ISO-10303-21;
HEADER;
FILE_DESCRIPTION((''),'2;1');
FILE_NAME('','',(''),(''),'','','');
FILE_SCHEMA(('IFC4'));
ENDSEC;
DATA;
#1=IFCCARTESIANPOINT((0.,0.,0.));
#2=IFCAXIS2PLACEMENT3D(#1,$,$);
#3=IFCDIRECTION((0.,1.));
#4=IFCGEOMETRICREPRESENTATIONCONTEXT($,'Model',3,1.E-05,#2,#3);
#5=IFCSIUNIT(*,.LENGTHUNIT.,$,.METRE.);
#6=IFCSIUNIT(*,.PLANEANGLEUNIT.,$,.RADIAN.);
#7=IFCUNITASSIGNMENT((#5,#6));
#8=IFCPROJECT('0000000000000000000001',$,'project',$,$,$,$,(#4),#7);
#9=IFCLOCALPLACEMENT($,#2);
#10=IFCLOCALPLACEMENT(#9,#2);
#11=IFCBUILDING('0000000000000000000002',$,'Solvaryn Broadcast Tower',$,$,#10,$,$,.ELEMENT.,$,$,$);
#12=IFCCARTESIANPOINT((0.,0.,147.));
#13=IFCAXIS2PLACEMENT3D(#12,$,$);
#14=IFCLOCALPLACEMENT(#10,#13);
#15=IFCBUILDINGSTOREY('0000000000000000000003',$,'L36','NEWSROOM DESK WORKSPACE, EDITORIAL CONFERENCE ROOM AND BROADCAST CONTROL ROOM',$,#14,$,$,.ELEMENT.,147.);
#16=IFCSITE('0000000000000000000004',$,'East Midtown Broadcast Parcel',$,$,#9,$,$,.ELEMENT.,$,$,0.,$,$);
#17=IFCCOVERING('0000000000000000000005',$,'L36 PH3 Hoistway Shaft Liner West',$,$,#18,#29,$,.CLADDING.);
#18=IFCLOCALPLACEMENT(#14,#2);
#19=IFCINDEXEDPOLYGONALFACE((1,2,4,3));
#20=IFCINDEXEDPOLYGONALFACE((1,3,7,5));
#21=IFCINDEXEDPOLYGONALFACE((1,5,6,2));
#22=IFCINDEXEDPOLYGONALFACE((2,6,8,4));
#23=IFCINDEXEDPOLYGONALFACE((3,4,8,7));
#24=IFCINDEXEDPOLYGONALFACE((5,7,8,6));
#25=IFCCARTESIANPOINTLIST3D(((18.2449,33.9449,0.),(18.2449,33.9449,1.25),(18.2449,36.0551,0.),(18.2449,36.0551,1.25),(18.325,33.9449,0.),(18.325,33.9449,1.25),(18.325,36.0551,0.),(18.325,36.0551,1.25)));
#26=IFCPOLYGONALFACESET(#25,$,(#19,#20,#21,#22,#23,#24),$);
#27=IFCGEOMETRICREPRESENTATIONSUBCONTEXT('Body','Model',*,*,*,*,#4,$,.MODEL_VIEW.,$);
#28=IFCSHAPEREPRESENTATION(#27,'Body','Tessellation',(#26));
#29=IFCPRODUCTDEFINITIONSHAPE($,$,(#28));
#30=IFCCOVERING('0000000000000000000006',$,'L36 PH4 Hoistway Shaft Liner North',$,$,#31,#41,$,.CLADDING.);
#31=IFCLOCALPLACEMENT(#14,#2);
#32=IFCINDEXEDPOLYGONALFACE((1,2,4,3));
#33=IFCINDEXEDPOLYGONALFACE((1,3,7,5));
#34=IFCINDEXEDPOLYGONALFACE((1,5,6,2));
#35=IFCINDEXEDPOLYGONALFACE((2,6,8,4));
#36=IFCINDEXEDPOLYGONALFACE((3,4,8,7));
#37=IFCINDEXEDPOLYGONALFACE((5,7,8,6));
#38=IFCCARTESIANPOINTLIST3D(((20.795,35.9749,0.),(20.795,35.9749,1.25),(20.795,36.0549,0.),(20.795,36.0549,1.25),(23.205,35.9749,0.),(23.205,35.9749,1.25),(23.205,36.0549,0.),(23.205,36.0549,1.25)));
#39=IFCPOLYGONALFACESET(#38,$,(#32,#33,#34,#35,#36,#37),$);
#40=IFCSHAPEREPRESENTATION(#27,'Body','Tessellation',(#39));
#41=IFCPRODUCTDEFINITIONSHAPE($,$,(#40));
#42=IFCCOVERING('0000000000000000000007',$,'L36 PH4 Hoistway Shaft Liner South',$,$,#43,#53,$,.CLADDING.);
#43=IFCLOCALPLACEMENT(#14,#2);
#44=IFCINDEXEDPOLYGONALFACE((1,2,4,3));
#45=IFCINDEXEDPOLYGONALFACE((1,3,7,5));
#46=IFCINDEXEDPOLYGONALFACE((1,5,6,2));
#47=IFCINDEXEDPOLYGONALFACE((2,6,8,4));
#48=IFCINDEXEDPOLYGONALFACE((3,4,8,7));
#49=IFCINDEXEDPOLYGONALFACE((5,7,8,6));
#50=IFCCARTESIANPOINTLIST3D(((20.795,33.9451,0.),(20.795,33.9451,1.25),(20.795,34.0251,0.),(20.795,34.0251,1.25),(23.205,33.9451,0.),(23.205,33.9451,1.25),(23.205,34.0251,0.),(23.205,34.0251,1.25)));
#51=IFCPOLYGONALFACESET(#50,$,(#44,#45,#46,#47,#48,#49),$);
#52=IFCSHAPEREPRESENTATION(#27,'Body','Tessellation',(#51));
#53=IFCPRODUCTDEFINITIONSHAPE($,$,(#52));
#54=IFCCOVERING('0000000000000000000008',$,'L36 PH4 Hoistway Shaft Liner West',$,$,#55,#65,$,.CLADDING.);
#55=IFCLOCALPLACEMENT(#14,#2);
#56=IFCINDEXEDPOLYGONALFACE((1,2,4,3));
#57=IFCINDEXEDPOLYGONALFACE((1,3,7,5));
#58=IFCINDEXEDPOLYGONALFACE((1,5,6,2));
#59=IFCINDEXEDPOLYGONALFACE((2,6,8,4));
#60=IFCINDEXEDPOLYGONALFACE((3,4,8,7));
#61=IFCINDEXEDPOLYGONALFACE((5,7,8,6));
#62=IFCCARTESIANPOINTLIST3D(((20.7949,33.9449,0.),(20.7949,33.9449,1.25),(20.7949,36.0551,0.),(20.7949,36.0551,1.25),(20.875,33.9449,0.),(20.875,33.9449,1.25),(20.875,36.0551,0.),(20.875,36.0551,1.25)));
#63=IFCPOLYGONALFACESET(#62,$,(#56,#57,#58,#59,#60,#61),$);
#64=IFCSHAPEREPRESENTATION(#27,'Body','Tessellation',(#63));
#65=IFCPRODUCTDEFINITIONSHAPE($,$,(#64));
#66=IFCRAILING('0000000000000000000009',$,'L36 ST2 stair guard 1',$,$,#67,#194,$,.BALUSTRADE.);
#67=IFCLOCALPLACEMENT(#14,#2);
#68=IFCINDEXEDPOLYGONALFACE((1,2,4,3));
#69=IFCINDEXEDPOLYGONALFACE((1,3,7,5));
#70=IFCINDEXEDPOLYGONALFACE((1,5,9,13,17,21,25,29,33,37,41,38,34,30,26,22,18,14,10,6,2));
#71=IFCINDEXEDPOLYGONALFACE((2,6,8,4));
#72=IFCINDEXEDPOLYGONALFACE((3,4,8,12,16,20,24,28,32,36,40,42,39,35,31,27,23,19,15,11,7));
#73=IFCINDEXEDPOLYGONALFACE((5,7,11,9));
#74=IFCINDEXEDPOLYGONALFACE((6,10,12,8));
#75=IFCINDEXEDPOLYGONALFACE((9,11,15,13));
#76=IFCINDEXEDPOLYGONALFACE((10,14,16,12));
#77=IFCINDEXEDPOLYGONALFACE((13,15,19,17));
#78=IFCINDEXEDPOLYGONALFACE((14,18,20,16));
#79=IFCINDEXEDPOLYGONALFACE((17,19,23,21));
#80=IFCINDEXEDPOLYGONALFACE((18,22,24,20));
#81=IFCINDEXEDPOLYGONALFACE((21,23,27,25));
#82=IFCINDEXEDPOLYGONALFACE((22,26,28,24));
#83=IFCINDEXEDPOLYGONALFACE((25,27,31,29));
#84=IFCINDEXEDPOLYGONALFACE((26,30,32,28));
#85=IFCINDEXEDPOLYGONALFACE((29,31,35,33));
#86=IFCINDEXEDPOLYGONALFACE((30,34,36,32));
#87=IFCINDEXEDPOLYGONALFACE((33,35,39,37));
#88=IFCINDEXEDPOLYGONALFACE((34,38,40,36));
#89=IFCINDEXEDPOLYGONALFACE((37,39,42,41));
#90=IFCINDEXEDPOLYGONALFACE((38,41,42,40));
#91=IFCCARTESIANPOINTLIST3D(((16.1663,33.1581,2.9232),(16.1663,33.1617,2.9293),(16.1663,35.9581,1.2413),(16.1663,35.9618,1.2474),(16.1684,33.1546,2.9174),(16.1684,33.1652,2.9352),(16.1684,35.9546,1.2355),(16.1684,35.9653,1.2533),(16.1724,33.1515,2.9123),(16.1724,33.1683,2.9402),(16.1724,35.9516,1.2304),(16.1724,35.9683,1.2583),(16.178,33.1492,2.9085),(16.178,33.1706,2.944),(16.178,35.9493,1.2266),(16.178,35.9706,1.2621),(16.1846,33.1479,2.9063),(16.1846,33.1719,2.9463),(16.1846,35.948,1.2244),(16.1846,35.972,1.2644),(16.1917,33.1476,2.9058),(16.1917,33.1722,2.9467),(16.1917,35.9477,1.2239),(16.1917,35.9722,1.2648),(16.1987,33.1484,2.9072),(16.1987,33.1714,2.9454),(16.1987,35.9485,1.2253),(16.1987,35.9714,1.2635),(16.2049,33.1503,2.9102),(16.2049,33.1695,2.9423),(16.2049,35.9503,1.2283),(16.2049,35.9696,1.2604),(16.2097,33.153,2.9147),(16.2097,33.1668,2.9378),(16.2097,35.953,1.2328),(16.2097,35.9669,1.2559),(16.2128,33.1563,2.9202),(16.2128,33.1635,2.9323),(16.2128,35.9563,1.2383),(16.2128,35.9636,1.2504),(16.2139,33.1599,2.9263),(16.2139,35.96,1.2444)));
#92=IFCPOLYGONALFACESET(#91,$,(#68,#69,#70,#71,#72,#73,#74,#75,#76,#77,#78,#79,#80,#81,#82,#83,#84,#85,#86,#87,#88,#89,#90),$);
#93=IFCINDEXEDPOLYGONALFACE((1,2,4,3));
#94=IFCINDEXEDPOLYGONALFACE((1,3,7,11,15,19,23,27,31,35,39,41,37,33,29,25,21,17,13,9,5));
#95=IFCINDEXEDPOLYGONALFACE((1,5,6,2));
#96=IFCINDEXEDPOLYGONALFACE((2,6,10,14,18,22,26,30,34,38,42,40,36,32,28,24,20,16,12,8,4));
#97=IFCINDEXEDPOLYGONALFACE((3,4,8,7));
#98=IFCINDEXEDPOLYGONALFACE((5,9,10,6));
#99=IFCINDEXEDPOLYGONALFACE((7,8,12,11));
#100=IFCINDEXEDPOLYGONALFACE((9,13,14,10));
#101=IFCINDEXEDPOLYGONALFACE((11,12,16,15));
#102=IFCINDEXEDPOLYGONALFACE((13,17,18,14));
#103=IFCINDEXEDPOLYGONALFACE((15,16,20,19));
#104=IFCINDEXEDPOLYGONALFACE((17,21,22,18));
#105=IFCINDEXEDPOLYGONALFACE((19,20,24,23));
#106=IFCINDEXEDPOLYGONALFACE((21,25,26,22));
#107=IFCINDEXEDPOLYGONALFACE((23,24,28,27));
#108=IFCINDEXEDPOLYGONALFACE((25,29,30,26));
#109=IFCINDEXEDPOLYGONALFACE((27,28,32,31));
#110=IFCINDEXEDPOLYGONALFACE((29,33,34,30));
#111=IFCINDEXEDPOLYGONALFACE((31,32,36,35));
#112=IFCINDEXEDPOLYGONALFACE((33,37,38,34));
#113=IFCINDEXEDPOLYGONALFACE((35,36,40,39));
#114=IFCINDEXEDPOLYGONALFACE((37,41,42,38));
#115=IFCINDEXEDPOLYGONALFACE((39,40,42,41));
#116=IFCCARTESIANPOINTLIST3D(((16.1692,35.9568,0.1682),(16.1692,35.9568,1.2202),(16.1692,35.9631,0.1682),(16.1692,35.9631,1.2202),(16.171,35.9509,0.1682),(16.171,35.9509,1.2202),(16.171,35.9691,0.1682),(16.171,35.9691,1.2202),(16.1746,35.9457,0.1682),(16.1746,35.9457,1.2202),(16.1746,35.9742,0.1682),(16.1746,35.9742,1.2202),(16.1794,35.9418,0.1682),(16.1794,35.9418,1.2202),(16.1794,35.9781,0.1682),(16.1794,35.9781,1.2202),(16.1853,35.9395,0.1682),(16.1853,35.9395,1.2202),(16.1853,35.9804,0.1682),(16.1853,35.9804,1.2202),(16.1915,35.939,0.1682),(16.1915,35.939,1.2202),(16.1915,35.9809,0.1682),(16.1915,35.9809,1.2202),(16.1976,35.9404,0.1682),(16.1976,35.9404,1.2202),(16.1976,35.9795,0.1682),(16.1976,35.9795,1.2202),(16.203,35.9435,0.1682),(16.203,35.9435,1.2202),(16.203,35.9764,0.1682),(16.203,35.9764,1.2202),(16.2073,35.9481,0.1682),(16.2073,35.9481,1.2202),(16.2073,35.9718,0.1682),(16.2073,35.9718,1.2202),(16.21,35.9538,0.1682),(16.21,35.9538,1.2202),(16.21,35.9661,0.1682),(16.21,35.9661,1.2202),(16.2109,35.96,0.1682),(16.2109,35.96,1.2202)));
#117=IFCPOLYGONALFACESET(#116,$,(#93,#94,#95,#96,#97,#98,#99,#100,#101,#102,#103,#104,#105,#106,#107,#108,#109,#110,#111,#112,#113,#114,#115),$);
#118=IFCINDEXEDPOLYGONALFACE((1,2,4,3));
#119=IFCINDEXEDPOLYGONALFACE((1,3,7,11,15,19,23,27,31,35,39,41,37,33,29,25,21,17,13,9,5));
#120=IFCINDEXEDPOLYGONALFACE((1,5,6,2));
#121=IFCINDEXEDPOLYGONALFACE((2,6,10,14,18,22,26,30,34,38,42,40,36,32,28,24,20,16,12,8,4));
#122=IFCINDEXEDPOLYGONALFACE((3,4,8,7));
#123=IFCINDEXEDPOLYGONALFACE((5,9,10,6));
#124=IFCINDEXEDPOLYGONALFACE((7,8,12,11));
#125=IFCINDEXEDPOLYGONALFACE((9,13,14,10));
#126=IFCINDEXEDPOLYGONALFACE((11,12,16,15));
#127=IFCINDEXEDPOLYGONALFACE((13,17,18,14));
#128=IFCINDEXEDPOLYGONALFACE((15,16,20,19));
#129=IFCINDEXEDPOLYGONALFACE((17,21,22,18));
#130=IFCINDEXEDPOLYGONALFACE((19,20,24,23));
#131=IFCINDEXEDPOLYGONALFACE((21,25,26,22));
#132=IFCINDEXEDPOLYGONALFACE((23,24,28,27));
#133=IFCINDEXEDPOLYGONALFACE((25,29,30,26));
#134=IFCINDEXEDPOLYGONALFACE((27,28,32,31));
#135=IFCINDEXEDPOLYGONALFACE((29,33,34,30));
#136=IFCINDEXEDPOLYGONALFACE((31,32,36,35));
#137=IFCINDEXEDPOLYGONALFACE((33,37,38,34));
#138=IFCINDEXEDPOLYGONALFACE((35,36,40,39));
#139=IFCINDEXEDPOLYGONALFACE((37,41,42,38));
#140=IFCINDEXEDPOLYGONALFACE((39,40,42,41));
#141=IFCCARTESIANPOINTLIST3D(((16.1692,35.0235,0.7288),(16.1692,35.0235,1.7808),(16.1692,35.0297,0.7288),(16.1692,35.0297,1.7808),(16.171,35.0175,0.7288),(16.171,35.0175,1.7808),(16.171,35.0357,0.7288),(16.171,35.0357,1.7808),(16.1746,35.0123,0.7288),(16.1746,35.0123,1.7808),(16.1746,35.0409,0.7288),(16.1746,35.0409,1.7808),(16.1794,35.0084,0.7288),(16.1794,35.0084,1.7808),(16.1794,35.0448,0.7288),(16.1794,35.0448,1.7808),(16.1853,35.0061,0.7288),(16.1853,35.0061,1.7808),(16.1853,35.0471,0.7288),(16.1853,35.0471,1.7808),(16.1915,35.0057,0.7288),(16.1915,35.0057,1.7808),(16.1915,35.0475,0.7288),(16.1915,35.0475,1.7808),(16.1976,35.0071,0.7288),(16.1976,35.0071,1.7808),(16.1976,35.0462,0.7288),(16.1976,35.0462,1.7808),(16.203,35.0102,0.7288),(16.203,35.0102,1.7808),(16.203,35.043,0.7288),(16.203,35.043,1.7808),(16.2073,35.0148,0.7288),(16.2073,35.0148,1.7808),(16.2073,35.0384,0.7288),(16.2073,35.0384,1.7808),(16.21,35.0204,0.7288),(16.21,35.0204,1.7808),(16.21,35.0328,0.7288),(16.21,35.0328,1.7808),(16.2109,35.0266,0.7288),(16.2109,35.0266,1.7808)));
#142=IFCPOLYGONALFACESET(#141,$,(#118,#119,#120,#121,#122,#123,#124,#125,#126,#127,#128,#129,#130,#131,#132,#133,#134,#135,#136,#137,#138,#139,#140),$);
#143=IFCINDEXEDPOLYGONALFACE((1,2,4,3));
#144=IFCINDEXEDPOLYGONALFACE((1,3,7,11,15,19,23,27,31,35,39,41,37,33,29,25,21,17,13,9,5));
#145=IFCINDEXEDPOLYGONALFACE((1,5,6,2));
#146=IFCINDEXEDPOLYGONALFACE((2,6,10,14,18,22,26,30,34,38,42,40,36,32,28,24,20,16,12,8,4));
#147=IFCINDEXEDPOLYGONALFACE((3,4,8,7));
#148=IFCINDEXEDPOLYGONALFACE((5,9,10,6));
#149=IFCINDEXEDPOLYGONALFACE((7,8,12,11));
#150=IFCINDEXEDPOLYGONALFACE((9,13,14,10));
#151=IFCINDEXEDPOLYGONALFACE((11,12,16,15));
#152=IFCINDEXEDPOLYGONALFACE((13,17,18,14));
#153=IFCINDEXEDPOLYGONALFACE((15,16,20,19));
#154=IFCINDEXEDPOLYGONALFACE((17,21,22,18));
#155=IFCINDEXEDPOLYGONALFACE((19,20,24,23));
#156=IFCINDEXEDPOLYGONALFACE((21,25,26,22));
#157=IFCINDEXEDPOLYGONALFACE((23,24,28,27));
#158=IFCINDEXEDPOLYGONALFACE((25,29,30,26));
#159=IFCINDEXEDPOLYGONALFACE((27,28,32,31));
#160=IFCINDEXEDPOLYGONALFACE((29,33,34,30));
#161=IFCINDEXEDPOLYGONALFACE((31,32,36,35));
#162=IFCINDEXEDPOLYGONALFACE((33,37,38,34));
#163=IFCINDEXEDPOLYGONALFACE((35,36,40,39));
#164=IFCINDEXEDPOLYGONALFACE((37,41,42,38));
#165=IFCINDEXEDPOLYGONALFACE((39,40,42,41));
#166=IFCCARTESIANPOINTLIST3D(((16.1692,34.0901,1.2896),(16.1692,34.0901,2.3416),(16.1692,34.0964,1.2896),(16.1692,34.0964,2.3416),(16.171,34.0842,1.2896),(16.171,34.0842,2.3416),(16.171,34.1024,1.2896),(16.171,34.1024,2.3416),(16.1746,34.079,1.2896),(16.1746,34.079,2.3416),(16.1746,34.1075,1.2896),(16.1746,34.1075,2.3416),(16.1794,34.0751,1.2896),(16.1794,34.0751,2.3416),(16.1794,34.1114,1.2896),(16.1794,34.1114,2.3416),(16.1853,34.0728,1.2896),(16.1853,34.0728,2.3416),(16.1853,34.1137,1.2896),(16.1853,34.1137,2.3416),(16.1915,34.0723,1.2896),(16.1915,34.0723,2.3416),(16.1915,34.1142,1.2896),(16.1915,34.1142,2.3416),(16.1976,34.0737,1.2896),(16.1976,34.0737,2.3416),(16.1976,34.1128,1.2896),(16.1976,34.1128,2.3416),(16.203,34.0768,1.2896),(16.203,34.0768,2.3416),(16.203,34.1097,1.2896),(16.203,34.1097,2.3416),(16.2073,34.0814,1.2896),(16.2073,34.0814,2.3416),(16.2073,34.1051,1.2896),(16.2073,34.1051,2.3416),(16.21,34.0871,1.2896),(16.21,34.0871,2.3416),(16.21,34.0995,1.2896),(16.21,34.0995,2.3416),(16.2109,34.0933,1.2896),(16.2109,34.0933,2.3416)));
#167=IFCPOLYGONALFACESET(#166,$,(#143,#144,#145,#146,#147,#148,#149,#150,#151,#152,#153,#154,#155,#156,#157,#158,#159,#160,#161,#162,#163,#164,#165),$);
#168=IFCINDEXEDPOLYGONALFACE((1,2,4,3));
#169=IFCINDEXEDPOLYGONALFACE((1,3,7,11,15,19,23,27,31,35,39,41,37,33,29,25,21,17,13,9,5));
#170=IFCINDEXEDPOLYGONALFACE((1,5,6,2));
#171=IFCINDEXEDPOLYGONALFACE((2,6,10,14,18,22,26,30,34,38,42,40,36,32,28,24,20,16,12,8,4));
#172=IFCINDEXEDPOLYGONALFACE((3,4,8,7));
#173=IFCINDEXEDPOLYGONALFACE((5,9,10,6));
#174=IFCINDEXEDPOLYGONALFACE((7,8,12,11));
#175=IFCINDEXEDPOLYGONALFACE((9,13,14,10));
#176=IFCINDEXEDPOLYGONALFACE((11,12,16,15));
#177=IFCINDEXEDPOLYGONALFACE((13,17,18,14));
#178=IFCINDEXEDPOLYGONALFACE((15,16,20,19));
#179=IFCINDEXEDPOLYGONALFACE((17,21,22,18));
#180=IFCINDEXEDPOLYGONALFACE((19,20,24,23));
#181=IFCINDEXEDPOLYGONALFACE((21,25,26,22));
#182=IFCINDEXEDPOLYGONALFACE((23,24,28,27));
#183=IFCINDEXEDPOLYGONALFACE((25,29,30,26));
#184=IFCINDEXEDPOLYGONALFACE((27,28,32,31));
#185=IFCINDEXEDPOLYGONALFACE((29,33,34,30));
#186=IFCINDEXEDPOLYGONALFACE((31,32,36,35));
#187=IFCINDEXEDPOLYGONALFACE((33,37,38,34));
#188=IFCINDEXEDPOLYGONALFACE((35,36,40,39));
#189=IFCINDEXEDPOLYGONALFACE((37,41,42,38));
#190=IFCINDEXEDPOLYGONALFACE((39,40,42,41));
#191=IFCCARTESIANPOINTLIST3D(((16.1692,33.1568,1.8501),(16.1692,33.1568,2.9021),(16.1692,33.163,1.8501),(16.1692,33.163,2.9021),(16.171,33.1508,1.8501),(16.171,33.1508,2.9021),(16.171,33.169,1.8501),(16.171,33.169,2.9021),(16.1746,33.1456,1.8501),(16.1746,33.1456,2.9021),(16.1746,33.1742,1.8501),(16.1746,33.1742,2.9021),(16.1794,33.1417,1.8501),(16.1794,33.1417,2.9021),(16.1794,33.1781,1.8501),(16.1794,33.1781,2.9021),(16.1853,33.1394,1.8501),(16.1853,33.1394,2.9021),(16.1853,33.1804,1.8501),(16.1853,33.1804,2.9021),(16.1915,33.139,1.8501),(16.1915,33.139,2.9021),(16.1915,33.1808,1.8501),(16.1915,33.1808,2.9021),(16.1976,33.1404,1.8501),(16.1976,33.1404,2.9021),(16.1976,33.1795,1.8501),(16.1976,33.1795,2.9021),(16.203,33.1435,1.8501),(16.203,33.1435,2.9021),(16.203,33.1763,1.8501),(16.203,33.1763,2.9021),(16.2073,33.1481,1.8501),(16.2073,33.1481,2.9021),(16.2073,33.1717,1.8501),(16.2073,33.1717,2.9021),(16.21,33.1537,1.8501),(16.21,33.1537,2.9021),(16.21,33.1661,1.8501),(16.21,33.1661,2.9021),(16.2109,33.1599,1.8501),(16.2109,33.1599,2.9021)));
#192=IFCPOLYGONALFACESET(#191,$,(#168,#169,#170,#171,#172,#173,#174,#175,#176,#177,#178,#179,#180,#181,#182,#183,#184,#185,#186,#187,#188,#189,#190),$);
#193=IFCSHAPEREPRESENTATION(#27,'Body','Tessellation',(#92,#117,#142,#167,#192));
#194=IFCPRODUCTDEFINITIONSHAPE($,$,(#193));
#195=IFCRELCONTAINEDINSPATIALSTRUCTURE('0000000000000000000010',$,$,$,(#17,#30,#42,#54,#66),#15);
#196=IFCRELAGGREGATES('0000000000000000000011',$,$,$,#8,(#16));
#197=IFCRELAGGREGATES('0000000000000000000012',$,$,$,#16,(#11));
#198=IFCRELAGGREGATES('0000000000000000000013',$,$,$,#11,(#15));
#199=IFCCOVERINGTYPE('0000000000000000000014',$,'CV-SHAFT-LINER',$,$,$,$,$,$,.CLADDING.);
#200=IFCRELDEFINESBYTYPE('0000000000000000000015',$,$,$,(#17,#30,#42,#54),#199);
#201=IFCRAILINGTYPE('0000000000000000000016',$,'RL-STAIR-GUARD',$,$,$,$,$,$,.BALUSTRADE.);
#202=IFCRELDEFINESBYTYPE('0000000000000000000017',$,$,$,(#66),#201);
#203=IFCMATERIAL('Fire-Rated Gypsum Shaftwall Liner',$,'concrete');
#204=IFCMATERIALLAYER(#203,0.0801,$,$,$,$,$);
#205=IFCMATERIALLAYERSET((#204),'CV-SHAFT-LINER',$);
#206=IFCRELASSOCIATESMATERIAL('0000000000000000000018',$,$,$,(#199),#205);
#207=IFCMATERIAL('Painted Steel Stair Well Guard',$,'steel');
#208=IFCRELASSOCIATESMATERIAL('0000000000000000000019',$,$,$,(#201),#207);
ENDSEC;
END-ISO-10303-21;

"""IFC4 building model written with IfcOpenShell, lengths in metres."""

from ifc_helpers import new_model, si_unit, direction, frame, origin, origin_2d, place, context, subcontext, project, spatial, rectangle, circle, extrude, material, layer, layer_set, type_object, element, save


model = new_model("IFC4")

# Units and contexts
model_context = context("Model", 3, precision=1e-05, world=origin(), true_north=direction((0.0, 1.0)))
body_context = subcontext(model_context, "Body", "Model", "MODEL_VIEW")
ifc_project = project(units=[si_unit("LENGTHUNIT", "METRE"), si_unit("PLANEANGLEUNIT", "RADIAN")], contexts=[model_context])

# Site, building, storey
site_placement = place(None, origin())
site = spatial("IfcSite", under=ifc_project, at=site_placement, Name="East Midtown Broadcast Parcel", CompositionType="ELEMENT", RefElevation=0.0)
building_placement = place(site_placement, origin())
building = spatial("IfcBuilding", under=site, at=building_placement, Name="Solvaryn Broadcast Tower", CompositionType="ELEMENT")
storey_placement = place(building_placement, frame((0.0, 0.0, 147.0)))
storey = spatial("IfcBuildingStorey", under=building, at=storey_placement, Name="L36", Description="NEWSROOM DESK WORKSPACE, EDITORIAL CONFERENCE ROOM AND BROADCAST CONTROL ROOM", CompositionType="ELEMENT", Elevation=147.0)

# Coverings
ifc_material_1 = material(Name="Fire-Rated Gypsum Shaftwall Liner", Category="concrete")
ifc_layer_1 = layer(ifc_material_1, 0.0801)
ifc_layer_set_1 = layer_set([ifc_layer_1], Name="CV-SHAFT-LINER")
covering_type = type_object("IfcCoveringType", Name="CV-SHAFT-LINER", PredefinedType="CLADDING", material=ifc_layer_set_1)
for number, where, z_axis, x_axis, name in (
    (1, (18.2849, 35.0, 0.0), (0.0, 0.0, 1.0), (1.0, 0.0, 0.0), "L36 PH3 Hoistway Shaft Liner West"),
):
    element("IfcCovering", number, at=place(storey_placement, frame(where, z_axis=z_axis, x_axis=x_axis)), inside=storey, type_object=covering_type, Name=name, PredefinedType="CLADDING", context=body_context, shape_type="SweptSolid", body=[
        extrude(rectangle(XDim=0.0801, YDim=2.1101, at=origin_2d()), origin(), (0.0, 0.0, 1.0), 1.25),
    ])
for number, where, z_axis, x_axis, name in (
    (2, (22.0, 36.0149, 0.0), (0.0, 0.0, 1.0), (1.0, 0.0, 0.0), "L36 PH4 Hoistway Shaft Liner North"),
    (3, (22.0, 33.9851, 0.0), (0.0, 0.0, 1.0), (1.0, 0.0, 0.0), "L36 PH4 Hoistway Shaft Liner South"),
):
    element("IfcCovering", number, at=place(storey_placement, frame(where, z_axis=z_axis, x_axis=x_axis)), inside=storey, type_object=covering_type, Name=name, PredefinedType="CLADDING", context=body_context, shape_type="SweptSolid", body=[
        extrude(rectangle(XDim=2.4099, YDim=0.0801, at=origin_2d()), origin(), (0.0, 0.0, 1.0), 1.25),
    ])
covering_1_placement = place(storey_placement, frame((20.835, 35.0, 0.0), z_axis=(0.0, 0.0, 1.0), x_axis=(1.0, 0.0, 0.0)))
element("IfcCovering", 4, at=covering_1_placement, inside=storey, type_object=covering_type, Name="L36 PH4 Hoistway Shaft Liner West", PredefinedType="CLADDING", context=body_context, shape_type="SweptSolid", body=[
    extrude(rectangle(XDim=0.0801, YDim=2.1101, at=origin_2d()), origin(), (0.0, 0.0, 1.0), 1.25),
])

# Railing
ifc_material_2 = material(Name="Painted Steel Stair Well Guard", Category="steel")
railing_type_1 = type_object("IfcRailingType", Name="RL-STAIR-GUARD", PredefinedType="BALUSTRADE", material=ifc_material_2)
railing_1_placement = place(storey_placement, frame((16.1899, 35.96, 0.1682)))
element("IfcRailing", 5, at=railing_1_placement, inside=storey, type_object=railing_type_1, Name="L36 ST2 stair guard 1", PredefinedType="BALUSTRADE", context=body_context, shape_type="SweptSolid", body=[
    extrude(circle(Radius=0.0239, at=origin_2d()), frame((0.0, 0.0, 1.0762), z_axis=(0.0, -0.857242, 0.514913), x_axis=(1.0, 0.0, 0.0)), (0.0, 0.0, 1.0), 3.2664),
    extrude(circle(Radius=0.021, at=origin_2d()), origin(), (0.0, 0.0, 1.0), 1.052),
    extrude(circle(Radius=0.021, at=origin_2d()), frame((0.0, -0.9333, 0.5605)), (0.0, 0.0, 1.0), 1.052),
    extrude(circle(Radius=0.021, at=origin_2d()), frame((0.0, -1.8667, 1.1213)), (0.0, 0.0, 1.0), 1.052),
    extrude(circle(Radius=0.021, at=origin_2d()), frame((0.0, -2.8, 1.6819)), (0.0, 0.0, 1.0), 1.052),
])

save(model, "model.ifc")
